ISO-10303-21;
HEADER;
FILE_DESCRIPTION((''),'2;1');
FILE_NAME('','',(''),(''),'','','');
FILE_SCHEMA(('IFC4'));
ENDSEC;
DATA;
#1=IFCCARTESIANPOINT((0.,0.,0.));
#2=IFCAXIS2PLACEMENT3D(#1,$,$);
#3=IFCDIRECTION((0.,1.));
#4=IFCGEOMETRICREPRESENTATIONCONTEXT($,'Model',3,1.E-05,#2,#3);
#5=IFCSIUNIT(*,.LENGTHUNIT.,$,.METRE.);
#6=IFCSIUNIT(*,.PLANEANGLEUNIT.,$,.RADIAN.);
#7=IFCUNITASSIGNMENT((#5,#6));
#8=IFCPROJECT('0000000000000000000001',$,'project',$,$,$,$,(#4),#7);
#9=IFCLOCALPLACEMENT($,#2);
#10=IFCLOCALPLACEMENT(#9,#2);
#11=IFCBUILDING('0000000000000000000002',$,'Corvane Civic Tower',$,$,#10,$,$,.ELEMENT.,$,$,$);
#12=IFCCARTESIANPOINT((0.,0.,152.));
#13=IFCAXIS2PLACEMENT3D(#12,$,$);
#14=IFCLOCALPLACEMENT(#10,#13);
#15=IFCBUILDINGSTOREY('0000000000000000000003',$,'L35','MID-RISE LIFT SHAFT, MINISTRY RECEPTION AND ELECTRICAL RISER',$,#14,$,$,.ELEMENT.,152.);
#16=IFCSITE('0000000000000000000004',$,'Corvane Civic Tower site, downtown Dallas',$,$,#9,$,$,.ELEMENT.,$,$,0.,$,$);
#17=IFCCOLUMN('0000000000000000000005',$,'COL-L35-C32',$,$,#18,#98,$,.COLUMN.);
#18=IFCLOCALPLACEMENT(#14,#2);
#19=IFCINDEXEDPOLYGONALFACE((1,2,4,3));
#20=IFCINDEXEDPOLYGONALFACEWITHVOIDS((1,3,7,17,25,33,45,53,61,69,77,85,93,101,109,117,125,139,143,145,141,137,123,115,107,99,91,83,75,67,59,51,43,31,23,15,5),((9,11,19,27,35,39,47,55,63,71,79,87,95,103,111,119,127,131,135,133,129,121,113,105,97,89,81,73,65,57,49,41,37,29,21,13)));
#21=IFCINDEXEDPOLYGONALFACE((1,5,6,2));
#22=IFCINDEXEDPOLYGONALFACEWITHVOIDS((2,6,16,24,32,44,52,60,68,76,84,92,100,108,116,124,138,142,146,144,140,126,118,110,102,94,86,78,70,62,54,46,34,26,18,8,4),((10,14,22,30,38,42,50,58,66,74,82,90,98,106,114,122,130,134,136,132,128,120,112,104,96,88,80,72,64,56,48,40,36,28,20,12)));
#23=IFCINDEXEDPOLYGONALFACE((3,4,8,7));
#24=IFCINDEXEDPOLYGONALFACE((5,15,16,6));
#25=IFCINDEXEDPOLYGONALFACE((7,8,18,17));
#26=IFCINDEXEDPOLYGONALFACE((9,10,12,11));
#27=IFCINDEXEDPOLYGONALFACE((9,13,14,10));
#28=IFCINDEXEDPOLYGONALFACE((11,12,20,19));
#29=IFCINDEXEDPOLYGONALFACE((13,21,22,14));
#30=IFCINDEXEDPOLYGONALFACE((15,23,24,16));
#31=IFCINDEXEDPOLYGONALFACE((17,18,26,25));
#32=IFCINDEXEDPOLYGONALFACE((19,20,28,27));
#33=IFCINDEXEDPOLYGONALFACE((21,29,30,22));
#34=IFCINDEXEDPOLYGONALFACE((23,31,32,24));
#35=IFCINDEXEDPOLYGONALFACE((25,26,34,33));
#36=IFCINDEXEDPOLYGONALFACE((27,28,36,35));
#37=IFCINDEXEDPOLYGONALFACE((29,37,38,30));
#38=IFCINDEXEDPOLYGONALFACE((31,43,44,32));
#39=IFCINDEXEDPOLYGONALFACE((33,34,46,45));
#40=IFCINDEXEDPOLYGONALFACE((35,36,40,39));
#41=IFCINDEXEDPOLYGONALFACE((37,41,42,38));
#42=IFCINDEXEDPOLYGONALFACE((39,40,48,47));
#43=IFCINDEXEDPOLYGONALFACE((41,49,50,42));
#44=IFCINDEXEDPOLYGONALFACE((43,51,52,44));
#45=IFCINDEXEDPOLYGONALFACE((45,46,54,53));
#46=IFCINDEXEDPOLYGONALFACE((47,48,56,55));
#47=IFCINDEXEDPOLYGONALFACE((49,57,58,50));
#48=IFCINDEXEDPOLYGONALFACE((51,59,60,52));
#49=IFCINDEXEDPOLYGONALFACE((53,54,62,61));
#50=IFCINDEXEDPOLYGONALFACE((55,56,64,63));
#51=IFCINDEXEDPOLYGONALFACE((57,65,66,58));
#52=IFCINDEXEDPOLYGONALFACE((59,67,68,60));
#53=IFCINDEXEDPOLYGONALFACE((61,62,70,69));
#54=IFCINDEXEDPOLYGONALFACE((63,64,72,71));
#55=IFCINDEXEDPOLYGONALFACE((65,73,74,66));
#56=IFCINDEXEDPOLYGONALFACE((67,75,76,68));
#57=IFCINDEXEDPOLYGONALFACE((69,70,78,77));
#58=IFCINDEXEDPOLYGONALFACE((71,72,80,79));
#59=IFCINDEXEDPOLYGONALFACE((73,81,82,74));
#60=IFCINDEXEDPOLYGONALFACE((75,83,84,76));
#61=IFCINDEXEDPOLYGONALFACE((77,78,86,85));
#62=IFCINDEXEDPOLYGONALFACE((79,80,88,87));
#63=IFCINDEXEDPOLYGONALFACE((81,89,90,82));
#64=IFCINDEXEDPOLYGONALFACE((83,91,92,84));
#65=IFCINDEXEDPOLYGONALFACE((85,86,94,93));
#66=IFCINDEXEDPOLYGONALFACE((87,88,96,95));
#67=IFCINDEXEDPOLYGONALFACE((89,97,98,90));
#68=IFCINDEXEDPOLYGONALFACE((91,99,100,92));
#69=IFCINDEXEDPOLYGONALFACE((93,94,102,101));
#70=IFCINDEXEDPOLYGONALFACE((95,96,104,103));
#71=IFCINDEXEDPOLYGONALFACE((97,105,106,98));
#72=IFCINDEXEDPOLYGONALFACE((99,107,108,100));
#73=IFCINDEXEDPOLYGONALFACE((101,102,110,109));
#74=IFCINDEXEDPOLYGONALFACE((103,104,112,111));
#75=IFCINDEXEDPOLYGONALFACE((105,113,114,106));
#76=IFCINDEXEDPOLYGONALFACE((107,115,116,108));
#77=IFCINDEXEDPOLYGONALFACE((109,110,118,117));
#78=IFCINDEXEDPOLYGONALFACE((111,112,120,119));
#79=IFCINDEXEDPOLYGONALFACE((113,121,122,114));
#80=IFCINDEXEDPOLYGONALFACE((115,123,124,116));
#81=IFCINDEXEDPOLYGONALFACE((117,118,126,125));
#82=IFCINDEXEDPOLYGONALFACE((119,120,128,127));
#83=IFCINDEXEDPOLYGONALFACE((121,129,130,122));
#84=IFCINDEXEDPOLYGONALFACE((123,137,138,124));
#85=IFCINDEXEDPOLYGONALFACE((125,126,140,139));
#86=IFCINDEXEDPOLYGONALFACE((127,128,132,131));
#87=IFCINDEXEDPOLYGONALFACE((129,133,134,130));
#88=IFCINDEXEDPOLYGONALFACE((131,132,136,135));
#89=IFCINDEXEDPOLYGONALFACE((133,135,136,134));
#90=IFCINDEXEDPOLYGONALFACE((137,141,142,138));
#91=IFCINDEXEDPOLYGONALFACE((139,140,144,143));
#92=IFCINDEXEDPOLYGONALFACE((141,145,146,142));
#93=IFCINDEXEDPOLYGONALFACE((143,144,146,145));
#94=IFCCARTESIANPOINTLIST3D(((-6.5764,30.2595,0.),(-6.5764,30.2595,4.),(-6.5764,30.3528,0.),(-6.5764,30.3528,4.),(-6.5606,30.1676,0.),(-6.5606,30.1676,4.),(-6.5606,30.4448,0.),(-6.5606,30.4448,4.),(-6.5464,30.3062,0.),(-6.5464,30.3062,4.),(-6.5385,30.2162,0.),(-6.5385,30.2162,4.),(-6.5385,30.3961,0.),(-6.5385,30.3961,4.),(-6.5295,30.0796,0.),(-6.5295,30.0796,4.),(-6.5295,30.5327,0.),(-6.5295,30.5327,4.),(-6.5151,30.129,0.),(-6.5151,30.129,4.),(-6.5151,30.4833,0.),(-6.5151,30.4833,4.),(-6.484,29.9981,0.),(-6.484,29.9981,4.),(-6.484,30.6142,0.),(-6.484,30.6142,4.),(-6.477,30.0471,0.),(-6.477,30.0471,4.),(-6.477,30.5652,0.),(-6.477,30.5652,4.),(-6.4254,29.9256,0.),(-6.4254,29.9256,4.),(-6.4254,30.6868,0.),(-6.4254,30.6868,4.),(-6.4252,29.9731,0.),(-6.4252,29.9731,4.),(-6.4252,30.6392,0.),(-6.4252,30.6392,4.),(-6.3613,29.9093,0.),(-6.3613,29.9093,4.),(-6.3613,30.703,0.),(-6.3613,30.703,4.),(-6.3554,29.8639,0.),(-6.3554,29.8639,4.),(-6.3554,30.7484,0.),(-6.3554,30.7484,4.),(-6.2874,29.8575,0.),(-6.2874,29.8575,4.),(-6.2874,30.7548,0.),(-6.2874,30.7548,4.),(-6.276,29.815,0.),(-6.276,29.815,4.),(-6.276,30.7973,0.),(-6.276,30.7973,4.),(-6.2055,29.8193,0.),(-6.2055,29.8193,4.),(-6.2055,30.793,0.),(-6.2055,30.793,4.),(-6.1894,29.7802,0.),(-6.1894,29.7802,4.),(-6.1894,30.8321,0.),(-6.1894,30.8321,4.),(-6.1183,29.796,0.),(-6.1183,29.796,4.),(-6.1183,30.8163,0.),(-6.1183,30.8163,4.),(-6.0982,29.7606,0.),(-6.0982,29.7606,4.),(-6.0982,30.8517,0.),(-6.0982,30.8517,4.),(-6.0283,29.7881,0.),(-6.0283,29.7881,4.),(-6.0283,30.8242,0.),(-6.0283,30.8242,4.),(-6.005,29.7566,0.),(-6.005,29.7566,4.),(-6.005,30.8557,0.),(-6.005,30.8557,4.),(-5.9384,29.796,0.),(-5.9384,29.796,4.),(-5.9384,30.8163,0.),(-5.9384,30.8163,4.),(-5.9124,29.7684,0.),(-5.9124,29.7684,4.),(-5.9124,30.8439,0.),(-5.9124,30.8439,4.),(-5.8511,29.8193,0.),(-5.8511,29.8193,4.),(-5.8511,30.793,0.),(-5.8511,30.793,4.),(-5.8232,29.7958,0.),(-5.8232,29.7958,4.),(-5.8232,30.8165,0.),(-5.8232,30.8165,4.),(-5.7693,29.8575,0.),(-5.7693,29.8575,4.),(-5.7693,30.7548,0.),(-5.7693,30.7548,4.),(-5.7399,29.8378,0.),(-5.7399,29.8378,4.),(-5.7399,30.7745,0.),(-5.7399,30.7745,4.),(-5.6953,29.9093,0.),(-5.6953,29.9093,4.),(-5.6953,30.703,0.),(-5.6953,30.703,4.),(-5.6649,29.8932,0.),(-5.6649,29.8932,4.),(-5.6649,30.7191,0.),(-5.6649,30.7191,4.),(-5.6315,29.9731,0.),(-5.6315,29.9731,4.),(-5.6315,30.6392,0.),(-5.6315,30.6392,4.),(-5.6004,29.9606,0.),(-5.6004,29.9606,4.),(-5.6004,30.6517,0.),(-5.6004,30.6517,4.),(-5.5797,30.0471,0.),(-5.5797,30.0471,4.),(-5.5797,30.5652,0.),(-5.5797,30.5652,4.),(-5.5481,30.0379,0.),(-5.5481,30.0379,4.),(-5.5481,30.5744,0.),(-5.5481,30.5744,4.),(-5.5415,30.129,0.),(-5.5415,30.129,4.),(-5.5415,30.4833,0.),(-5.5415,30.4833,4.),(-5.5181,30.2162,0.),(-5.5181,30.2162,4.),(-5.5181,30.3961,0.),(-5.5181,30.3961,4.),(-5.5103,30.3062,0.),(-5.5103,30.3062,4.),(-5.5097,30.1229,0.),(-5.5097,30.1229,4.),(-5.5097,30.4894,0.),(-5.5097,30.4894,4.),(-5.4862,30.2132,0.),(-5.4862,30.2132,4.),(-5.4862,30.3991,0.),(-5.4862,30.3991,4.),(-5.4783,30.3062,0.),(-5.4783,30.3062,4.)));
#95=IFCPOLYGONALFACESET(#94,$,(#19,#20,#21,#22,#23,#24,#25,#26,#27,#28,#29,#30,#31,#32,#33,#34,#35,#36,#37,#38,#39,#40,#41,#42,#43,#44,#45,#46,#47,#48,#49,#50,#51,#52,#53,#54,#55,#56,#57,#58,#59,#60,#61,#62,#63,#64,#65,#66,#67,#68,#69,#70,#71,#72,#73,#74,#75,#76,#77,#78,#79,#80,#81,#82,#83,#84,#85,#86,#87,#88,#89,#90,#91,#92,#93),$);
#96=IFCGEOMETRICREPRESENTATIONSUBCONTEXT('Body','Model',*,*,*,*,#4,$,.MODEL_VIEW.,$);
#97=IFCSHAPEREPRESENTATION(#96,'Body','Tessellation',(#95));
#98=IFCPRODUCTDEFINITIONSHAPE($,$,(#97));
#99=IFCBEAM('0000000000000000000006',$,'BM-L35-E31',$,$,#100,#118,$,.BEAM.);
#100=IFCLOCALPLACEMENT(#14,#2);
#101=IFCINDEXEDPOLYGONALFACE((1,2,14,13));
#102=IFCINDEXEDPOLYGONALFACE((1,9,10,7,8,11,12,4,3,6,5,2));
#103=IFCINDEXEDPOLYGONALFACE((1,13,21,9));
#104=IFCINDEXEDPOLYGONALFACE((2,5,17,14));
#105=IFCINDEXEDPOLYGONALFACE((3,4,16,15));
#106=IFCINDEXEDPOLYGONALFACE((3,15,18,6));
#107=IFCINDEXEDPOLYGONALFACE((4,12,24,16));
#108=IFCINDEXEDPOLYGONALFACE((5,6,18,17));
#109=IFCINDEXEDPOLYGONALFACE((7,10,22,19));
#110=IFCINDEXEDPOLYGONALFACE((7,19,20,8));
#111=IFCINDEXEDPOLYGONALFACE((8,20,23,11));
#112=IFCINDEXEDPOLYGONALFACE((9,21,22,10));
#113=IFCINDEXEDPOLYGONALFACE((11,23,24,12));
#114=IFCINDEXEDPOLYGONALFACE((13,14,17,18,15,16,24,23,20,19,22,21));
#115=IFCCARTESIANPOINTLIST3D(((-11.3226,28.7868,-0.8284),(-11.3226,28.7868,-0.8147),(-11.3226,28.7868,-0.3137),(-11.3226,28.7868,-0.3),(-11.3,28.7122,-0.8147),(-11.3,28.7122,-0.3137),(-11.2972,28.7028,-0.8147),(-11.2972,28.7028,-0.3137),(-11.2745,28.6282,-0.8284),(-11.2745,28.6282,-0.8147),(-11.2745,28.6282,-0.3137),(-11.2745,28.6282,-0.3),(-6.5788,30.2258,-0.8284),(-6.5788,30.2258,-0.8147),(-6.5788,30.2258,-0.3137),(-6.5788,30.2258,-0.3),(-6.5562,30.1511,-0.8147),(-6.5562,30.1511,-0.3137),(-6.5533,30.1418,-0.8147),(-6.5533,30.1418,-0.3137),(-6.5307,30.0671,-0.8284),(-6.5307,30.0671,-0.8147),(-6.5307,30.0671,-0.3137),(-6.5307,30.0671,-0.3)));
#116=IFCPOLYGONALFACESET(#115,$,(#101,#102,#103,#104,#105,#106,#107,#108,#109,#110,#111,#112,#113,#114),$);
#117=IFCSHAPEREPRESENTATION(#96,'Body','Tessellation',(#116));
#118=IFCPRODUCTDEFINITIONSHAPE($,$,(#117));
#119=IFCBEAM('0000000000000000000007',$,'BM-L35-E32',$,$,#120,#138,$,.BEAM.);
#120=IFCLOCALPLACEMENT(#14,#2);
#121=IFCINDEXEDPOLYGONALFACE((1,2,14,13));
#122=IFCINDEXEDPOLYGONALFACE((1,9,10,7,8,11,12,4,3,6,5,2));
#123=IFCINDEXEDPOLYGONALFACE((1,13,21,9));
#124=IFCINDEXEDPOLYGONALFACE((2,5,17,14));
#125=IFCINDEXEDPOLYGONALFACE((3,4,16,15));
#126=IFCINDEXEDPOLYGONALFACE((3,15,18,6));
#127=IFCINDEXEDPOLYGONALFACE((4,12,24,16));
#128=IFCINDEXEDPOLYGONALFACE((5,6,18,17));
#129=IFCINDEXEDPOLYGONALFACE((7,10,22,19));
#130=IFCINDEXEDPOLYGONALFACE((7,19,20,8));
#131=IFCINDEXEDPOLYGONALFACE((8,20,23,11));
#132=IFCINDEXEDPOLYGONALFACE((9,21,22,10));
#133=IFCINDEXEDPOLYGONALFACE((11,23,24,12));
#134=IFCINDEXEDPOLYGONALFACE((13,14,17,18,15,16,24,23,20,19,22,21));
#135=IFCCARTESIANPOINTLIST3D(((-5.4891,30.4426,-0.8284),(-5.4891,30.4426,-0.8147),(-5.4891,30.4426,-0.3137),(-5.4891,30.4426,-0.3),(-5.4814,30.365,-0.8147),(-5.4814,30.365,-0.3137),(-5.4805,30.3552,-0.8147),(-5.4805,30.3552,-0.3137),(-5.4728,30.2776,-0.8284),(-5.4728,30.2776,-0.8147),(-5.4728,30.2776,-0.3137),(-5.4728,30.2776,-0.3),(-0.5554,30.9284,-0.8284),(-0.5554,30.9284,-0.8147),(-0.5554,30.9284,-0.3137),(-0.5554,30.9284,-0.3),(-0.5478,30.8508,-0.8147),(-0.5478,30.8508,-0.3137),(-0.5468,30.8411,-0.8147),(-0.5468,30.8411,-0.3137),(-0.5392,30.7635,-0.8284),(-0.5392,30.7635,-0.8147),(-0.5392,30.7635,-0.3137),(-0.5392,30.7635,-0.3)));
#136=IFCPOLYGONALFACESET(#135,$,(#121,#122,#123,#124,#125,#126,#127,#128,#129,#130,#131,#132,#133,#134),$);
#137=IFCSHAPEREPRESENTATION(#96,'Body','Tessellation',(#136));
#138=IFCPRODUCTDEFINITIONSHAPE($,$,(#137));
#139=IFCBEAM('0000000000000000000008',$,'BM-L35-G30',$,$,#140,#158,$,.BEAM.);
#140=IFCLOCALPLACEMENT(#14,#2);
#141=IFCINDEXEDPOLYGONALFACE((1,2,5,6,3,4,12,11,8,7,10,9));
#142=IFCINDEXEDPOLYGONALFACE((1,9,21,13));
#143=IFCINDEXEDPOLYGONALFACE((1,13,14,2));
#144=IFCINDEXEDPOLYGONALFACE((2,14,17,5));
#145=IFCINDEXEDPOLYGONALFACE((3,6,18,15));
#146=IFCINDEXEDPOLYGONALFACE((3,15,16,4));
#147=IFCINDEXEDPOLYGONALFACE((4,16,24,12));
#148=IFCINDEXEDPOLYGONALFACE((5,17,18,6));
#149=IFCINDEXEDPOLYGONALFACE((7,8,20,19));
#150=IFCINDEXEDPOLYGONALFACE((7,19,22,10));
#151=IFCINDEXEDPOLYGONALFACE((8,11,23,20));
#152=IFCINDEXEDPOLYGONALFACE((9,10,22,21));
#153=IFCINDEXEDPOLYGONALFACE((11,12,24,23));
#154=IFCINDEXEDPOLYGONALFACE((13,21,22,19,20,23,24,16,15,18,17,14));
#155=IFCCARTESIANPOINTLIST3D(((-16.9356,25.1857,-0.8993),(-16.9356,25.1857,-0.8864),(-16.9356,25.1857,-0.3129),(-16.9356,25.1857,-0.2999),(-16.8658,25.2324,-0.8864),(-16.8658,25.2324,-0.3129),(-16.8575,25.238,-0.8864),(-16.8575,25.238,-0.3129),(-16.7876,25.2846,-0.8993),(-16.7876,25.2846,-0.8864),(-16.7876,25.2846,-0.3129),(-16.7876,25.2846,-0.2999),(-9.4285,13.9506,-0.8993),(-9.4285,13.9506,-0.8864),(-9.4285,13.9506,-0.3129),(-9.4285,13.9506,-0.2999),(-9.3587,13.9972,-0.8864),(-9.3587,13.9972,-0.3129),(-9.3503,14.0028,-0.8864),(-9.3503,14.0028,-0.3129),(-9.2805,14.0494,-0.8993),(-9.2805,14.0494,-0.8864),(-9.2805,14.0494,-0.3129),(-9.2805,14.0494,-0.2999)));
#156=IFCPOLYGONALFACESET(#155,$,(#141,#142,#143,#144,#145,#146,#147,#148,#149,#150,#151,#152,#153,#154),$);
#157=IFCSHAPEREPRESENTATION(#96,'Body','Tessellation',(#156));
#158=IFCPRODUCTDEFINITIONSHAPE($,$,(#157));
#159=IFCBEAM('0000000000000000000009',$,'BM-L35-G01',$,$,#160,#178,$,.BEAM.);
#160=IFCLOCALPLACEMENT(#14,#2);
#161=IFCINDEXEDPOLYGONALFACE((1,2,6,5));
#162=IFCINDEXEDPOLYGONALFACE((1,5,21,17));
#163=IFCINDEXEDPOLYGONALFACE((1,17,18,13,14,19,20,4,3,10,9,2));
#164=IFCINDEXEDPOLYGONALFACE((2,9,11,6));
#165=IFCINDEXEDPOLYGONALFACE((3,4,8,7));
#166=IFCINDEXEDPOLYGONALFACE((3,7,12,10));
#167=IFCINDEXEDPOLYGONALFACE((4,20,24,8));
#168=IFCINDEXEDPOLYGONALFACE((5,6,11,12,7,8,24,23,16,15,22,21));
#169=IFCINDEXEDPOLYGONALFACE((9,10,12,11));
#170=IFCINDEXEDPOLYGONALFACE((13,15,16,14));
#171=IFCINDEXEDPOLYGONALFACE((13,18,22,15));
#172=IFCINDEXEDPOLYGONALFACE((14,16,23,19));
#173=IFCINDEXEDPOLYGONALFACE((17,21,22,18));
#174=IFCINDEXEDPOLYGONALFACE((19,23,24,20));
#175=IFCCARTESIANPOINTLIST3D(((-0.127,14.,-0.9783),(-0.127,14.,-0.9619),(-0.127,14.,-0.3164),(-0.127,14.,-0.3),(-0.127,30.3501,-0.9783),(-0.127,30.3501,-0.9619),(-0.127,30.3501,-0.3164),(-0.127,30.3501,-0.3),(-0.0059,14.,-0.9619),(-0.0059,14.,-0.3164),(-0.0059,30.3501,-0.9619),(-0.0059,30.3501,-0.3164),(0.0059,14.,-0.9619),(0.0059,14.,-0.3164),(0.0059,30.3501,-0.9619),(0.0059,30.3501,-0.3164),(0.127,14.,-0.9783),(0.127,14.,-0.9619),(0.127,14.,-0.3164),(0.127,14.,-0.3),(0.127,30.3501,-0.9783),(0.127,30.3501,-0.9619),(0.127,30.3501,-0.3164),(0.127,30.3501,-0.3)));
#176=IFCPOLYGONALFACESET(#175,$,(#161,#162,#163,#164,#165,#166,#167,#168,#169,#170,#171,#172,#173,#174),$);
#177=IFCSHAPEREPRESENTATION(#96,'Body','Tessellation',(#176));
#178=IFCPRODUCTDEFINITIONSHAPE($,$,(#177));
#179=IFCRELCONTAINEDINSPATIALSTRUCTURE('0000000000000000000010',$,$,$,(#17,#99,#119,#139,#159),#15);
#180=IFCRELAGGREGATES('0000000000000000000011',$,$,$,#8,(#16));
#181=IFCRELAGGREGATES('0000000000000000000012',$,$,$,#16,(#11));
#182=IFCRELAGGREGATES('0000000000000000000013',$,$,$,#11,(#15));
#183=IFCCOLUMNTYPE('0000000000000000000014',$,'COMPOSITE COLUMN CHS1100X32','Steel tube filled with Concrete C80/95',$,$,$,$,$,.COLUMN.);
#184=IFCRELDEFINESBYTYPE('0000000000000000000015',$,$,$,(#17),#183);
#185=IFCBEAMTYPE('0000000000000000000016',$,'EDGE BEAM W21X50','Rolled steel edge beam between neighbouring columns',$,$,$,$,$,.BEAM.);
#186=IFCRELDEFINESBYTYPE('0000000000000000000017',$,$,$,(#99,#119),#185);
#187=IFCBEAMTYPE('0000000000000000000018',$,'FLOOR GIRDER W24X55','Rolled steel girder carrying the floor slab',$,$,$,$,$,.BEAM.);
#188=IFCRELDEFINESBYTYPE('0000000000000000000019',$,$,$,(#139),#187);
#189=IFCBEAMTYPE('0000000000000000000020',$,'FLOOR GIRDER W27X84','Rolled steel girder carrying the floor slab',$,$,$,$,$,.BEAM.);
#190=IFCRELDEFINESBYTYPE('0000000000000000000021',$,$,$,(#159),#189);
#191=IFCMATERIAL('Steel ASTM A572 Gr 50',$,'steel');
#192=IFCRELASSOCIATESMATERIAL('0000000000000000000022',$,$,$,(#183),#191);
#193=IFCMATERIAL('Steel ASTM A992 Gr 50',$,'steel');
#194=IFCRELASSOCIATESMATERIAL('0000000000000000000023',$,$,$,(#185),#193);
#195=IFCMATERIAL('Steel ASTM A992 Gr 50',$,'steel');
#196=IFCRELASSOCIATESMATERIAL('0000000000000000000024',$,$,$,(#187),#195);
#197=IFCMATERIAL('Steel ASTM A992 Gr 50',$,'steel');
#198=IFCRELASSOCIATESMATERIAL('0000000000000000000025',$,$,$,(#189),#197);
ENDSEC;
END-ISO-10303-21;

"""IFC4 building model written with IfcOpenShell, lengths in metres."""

from ifc_helpers import new_model, si_unit, direction, frame, origin, origin_2d, place, context, subcontext, project, spatial, hollow_circle, i_section, extrude, material, material_profile, profile_set, type_object, element, save


model = new_model("IFC4")

# Units and contexts
model_context = context("Model", 3, precision=1e-05, world=origin(), true_north=direction((0.0, 1.0)))
body_context = subcontext(model_context, "Body", "Model", "MODEL_VIEW")
ifc_project = project(units=[si_unit("LENGTHUNIT", "METRE"), si_unit("PLANEANGLEUNIT", "RADIAN")], contexts=[model_context])

# Site, building, storey
site_placement = place(None, origin())
site = spatial("IfcSite", under=ifc_project, at=site_placement, Name="Corvane Civic Tower site, downtown Dallas", CompositionType="ELEMENT", RefElevation=0.0)
building_placement = place(site_placement, origin())
building = spatial("IfcBuilding", under=site, at=building_placement, Name="Corvane Civic Tower", CompositionType="ELEMENT")
storey_placement = place(building_placement, frame((0.0, 0.0, 152.0)))
storey = spatial("IfcBuildingStorey", under=building, at=storey_placement, Name="L35", Description="MID-RISE LIFT SHAFT, MINISTRY RECEPTION AND ELECTRICAL RISER", CompositionType="ELEMENT", Elevation=152.0)

# Column
ifc_material_1 = material(Name="Steel ASTM A572 Gr 50", Category="steel")
ifc_material_profile_1 = material_profile(ifc_material_1, hollow_circle(Radius=0.55, WallThickness=0.032, at=origin_2d()), Name="CHS1100X32")
ifc_profile_set_1 = profile_set([ifc_material_profile_1], Name="Steel ASTM A572 Gr 50")
column_type = type_object("IfcColumnType", Name="COMPOSITE COLUMN CHS1100X32", Description="Steel tube filled with Concrete C80/95", PredefinedType="COLUMN", material=ifc_profile_set_1)
for number, where, z_axis, x_axis, name in (
    (1, (-6.0283, 30.3062, 0.0), (0.0, 0.0, 1.0), (1.0, 0.0, 0.0), "COL-L35-C32"),
):
    element("IfcColumn", number, at=place(storey_placement, frame(where, z_axis=z_axis, x_axis=x_axis)), inside=storey, type_object=column_type, Name=name, PredefinedType="COLUMN", context=body_context, shape_type="SweptSolid", body=[
        extrude(hollow_circle(Radius=0.55, WallThickness=0.032, at=origin_2d()), origin(), (0.0, 0.0, 1.0), 4.0),
    ])

# Beams
ifc_material_2 = material(Name="Steel ASTM A992 Gr 50", Category="steel")
ifc_material_profile_2 = material_profile(ifc_material_2, i_section(OverallWidth=0.1658, OverallDepth=0.5283, WebThickness=0.0098, FlangeThickness=0.0137, at=origin_2d()), Name="W21X50")
ifc_profile_set_2 = profile_set([ifc_material_profile_2], Name="Steel ASTM A992 Gr 50")
beam_type_1 = type_object("IfcBeamType", Name="EDGE BEAM W21X50", Description="Rolled steel edge beam between neighbouring columns", PredefinedType="BEAM", material=ifc_profile_set_2)
beam_1_placement = place(storey_placement, frame((-11.2986, 28.7075, -0.5642), z_axis=(0.956945, 0.29027, 0.0), x_axis=(-0.29027, 0.956945, 0.0)))
element("IfcBeam", 2, at=beam_1_placement, inside=storey, type_object=beam_type_1, Name="BM-L35-E31", PredefinedType="BEAM", context=body_context, shape_type="SweptSolid", body=[
    extrude(i_section(OverallWidth=0.1658, OverallDepth=0.5283, WebThickness=0.0098, FlangeThickness=0.0137, at=origin_2d()), origin(), (0.0, 0.0, 1.0), 4.9573),
])
beam_2_placement = place(storey_placement, frame((-5.481, 30.3601, -0.5642), z_axis=(0.995186, 0.098002, 0.0), x_axis=(-0.098002, 0.995186, 0.0)))
element("IfcBeam", 3, at=beam_2_placement, inside=storey, type_object=beam_type_1, Name="BM-L35-E32", PredefinedType="BEAM", context=body_context, shape_type="SweptSolid", body=[
    extrude(i_section(OverallWidth=0.1658, OverallDepth=0.5283, WebThickness=0.0098, FlangeThickness=0.0137, at=origin_2d()), origin(), (0.0, 0.0, 1.0), 4.9575),
])
ifc_material_3 = material(Name="Steel ASTM A992 Gr 50", Category="steel")
ifc_material_profile_3 = material_profile(ifc_material_3, i_section(OverallWidth=0.178, OverallDepth=0.5994, WebThickness=0.01, FlangeThickness=0.0129, at=origin_2d()), Name="W24X55")
ifc_profile_set_3 = profile_set([ifc_material_profile_3], Name="Steel ASTM A992 Gr 50")
beam_type_2 = type_object("IfcBeamType", Name="FLOOR GIRDER W24X55", Description="Rolled steel girder carrying the floor slab", PredefinedType="BEAM", material=ifc_profile_set_3)
beam_3_placement = place(storey_placement, frame((-9.3545, 14.0, -0.5996), z_axis=(-0.555571, 0.831469, 0.0), x_axis=(-0.831469, -0.555571, 0.0)))
element("IfcBeam", 4, at=beam_3_placement, inside=storey, type_object=beam_type_2, Name="BM-L35-G30", PredefinedType="BEAM", context=body_context, shape_type="SweptSolid", body=[
    extrude(i_section(OverallWidth=0.178, OverallDepth=0.5994, WebThickness=0.01, FlangeThickness=0.0129, at=origin_2d()), origin(), (0.0, 0.0, 1.0), 13.5125),
])
ifc_material_4 = material(Name="Steel ASTM A992 Gr 50", Category="steel")
ifc_material_profile_4 = material_profile(ifc_material_4, i_section(OverallWidth=0.2539, OverallDepth=0.6782, WebThickness=0.0117, FlangeThickness=0.0164, at=origin_2d()), Name="W27X84")
ifc_profile_set_4 = profile_set([ifc_material_profile_4], Name="Steel ASTM A992 Gr 50")
beam_type_3 = type_object("IfcBeamType", Name="FLOOR GIRDER W27X84", Description="Rolled steel girder carrying the floor slab", PredefinedType="BEAM", material=ifc_profile_set_4)
beam_4_placement = place(storey_placement, frame((0.0, 14.0, -0.6392), z_axis=(0.0, 1.0, 0.0), x_axis=(-1.0, 0.0, 0.0)))
element("IfcBeam", 5, at=beam_4_placement, inside=storey, type_object=beam_type_3, Name="BM-L35-G01", PredefinedType="BEAM", context=body_context, shape_type="SweptSolid", body=[
    extrude(i_section(OverallWidth=0.2539, OverallDepth=0.6782, WebThickness=0.0117, FlangeThickness=0.0164, at=origin_2d()), origin(), (0.0, 0.0, 1.0), 16.3501),
])

save(model, "model.ifc")
